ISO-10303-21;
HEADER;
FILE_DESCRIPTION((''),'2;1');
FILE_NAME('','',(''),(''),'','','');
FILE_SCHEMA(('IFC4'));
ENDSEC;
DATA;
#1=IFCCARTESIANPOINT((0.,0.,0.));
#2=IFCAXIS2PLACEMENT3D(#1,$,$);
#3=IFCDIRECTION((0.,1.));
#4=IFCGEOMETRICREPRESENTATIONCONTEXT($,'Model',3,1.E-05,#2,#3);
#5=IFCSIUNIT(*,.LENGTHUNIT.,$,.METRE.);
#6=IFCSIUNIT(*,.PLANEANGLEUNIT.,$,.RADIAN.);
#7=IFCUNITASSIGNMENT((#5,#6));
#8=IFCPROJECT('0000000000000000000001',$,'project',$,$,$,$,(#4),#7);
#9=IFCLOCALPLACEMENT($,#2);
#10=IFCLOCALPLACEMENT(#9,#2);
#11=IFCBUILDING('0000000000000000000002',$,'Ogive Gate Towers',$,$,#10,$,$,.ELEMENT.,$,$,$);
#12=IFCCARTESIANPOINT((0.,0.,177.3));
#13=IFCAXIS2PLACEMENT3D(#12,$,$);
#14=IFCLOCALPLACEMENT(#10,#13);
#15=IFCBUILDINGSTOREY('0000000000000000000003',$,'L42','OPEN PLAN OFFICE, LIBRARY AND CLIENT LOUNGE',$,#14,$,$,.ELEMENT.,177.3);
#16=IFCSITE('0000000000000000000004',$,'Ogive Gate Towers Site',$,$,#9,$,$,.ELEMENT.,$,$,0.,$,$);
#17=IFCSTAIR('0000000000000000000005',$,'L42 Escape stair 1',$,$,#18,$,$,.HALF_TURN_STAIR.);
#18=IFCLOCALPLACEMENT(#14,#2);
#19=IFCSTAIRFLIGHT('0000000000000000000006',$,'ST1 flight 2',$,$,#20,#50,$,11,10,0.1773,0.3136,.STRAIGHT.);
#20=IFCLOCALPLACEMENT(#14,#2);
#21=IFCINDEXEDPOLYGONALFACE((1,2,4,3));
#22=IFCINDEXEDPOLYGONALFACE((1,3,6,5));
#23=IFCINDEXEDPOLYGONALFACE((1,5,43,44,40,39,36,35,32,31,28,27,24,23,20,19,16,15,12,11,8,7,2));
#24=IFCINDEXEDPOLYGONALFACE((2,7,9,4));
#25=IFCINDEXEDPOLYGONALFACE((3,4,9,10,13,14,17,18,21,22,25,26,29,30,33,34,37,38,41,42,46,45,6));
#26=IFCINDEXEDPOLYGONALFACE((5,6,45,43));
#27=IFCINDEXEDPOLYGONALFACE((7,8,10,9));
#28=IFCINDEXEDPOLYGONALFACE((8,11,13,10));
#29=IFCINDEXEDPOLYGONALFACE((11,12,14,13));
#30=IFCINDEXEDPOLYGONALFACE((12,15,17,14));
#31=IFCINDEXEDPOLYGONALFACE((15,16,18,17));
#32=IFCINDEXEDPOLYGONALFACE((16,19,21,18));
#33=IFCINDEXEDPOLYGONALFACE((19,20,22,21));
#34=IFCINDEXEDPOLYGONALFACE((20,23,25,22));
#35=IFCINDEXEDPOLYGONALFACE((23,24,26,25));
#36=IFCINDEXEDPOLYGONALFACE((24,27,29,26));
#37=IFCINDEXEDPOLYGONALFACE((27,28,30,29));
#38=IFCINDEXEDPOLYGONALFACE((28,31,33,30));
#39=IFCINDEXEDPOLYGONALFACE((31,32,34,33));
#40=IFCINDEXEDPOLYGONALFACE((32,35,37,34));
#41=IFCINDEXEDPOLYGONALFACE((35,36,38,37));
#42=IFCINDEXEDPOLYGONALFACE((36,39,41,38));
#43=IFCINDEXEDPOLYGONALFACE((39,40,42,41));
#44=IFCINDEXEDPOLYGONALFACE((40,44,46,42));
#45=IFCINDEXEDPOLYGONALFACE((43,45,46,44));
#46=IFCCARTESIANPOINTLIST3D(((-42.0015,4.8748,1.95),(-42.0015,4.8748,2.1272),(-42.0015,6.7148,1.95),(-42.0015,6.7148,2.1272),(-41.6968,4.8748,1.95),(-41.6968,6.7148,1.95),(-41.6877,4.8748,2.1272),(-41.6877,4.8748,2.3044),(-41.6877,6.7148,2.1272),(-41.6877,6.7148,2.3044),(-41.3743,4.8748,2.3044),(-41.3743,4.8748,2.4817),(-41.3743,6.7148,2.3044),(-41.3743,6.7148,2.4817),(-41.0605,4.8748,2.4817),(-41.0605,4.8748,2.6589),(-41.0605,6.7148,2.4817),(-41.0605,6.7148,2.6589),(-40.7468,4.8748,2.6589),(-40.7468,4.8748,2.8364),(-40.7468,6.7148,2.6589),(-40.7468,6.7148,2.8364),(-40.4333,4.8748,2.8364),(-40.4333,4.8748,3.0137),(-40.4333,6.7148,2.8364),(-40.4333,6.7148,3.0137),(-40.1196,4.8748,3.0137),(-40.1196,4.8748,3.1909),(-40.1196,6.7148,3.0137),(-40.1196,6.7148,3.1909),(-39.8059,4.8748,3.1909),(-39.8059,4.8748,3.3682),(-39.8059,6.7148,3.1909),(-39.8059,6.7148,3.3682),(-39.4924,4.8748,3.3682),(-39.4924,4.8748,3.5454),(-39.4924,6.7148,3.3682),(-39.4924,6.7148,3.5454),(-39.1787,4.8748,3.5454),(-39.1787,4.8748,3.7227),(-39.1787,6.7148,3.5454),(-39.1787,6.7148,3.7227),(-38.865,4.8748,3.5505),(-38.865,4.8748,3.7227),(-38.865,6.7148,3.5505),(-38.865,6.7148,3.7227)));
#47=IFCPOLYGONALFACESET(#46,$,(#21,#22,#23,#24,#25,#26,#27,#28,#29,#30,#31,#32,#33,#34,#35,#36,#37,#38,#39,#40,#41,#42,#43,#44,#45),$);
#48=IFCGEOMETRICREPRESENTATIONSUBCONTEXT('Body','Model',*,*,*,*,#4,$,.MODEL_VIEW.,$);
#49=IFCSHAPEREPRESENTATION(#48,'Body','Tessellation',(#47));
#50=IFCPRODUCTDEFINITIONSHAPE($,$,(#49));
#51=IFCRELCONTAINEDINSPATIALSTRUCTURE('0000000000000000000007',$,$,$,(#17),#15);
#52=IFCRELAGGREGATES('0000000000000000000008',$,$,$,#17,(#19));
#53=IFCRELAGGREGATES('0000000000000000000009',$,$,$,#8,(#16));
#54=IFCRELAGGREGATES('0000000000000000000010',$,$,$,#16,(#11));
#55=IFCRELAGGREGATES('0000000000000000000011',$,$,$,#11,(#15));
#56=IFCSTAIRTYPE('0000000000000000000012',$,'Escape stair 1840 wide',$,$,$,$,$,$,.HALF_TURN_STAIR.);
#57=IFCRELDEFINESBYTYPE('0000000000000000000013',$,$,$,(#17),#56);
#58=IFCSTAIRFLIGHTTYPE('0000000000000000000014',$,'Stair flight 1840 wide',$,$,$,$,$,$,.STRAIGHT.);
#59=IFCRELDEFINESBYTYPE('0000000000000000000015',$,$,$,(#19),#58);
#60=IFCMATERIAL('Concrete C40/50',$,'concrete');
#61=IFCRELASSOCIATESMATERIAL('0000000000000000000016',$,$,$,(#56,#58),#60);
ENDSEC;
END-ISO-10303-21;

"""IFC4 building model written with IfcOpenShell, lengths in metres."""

from ifc_helpers import new_model, si_unit, direction, frame, origin, place, context, subcontext, project, spatial, polyline, outline, extrude, material, type_object, element, aggregate, save


model = new_model("IFC4")

# Units and contexts
model_context = context("Model", 3, precision=1e-05, world=origin(), true_north=direction((0.0, 1.0)))
body_context = subcontext(model_context, "Body", "Model", "MODEL_VIEW")
ifc_project = project(units=[si_unit("LENGTHUNIT", "METRE"), si_unit("PLANEANGLEUNIT", "RADIAN")], contexts=[model_context])

# Site, building, storey
site_placement = place(None, origin())
site = spatial("IfcSite", under=ifc_project, at=site_placement, Name="Ogive Gate Towers Site", CompositionType="ELEMENT", RefElevation=0.0)
building_placement = place(site_placement, origin())
building = spatial("IfcBuilding", under=site, at=building_placement, Name="Ogive Gate Towers", CompositionType="ELEMENT")
storey_placement = place(building_placement, frame((0.0, 0.0, 177.3)))
storey = spatial("IfcBuildingStorey", under=building, at=storey_placement, Name="L42", Description="OPEN PLAN OFFICE, LIBRARY AND CLIENT LOUNGE", CompositionType="ELEMENT", Elevation=177.3)

# Stair, stair flight
ifc_material_1 = material(Name="Concrete C40/50", Category="concrete")
stair_type = type_object("IfcStairType", Name="Escape stair 1840 wide", PredefinedType="HALF_TURN_STAIR", material=ifc_material_1)
stair_placement = place(storey_placement, origin())
stair = element("IfcStair", 1, at=stair_placement, inside=storey, type_object=stair_type, Name="L42 Escape stair 1", PredefinedType="HALF_TURN_STAIR")
stair_flight_type = type_object("IfcStairFlightType", Name="Stair flight 1840 wide", PredefinedType="STRAIGHT", material=ifc_material_1)
stair_flight_placement = place(storey_placement, frame((-42.0015, 5.7949, 1.95), z_axis=(0.0, 0.0, 1.0), x_axis=(1.0, 0.0, 0.0)))
stair_flight = element("IfcStairFlight", 2, at=stair_flight_placement, type_object=stair_flight_type, Name="ST1 flight 2", NumberOfRisers=11, NumberOfTreads=10, PredefinedType="STRAIGHT", RiserHeight=0.1773, TreadLength=0.3136, context=body_context, shape_type="SweptSolid", body=[
    extrude(outline(polyline([(0.0, 0.0), (0.0, 0.1772), (0.3137, 0.1772), (0.3137, 0.3545), (0.6272, 0.3545), (0.6272, 0.5317), (0.9409, 0.5317), (0.9409, 0.709), (1.2546, 0.709), (1.2546, 0.8865), (1.5681, 0.8865), (1.5681, 1.0637), (1.8818, 1.0637), (1.8818, 1.241), (2.1956, 1.241), (2.1956, 1.4182), (2.509, 1.4182), (2.509, 1.5955), (2.8228, 1.5955), (2.8228, 1.7727), (3.1365, 1.7727), (3.1365, 1.95), (3.1365, 1.6006), (0.3047, 0.0), (0.0, 0.0)])), frame((0.0, 0.9199, 0.0), z_axis=(0.0, -1.0, 0.0), x_axis=(1.0, 0.0, 0.0)), (0.0, 0.0, 1.0), 1.8401),
])
aggregate(stair, [stair_flight])

save(model, "model.ifc")
